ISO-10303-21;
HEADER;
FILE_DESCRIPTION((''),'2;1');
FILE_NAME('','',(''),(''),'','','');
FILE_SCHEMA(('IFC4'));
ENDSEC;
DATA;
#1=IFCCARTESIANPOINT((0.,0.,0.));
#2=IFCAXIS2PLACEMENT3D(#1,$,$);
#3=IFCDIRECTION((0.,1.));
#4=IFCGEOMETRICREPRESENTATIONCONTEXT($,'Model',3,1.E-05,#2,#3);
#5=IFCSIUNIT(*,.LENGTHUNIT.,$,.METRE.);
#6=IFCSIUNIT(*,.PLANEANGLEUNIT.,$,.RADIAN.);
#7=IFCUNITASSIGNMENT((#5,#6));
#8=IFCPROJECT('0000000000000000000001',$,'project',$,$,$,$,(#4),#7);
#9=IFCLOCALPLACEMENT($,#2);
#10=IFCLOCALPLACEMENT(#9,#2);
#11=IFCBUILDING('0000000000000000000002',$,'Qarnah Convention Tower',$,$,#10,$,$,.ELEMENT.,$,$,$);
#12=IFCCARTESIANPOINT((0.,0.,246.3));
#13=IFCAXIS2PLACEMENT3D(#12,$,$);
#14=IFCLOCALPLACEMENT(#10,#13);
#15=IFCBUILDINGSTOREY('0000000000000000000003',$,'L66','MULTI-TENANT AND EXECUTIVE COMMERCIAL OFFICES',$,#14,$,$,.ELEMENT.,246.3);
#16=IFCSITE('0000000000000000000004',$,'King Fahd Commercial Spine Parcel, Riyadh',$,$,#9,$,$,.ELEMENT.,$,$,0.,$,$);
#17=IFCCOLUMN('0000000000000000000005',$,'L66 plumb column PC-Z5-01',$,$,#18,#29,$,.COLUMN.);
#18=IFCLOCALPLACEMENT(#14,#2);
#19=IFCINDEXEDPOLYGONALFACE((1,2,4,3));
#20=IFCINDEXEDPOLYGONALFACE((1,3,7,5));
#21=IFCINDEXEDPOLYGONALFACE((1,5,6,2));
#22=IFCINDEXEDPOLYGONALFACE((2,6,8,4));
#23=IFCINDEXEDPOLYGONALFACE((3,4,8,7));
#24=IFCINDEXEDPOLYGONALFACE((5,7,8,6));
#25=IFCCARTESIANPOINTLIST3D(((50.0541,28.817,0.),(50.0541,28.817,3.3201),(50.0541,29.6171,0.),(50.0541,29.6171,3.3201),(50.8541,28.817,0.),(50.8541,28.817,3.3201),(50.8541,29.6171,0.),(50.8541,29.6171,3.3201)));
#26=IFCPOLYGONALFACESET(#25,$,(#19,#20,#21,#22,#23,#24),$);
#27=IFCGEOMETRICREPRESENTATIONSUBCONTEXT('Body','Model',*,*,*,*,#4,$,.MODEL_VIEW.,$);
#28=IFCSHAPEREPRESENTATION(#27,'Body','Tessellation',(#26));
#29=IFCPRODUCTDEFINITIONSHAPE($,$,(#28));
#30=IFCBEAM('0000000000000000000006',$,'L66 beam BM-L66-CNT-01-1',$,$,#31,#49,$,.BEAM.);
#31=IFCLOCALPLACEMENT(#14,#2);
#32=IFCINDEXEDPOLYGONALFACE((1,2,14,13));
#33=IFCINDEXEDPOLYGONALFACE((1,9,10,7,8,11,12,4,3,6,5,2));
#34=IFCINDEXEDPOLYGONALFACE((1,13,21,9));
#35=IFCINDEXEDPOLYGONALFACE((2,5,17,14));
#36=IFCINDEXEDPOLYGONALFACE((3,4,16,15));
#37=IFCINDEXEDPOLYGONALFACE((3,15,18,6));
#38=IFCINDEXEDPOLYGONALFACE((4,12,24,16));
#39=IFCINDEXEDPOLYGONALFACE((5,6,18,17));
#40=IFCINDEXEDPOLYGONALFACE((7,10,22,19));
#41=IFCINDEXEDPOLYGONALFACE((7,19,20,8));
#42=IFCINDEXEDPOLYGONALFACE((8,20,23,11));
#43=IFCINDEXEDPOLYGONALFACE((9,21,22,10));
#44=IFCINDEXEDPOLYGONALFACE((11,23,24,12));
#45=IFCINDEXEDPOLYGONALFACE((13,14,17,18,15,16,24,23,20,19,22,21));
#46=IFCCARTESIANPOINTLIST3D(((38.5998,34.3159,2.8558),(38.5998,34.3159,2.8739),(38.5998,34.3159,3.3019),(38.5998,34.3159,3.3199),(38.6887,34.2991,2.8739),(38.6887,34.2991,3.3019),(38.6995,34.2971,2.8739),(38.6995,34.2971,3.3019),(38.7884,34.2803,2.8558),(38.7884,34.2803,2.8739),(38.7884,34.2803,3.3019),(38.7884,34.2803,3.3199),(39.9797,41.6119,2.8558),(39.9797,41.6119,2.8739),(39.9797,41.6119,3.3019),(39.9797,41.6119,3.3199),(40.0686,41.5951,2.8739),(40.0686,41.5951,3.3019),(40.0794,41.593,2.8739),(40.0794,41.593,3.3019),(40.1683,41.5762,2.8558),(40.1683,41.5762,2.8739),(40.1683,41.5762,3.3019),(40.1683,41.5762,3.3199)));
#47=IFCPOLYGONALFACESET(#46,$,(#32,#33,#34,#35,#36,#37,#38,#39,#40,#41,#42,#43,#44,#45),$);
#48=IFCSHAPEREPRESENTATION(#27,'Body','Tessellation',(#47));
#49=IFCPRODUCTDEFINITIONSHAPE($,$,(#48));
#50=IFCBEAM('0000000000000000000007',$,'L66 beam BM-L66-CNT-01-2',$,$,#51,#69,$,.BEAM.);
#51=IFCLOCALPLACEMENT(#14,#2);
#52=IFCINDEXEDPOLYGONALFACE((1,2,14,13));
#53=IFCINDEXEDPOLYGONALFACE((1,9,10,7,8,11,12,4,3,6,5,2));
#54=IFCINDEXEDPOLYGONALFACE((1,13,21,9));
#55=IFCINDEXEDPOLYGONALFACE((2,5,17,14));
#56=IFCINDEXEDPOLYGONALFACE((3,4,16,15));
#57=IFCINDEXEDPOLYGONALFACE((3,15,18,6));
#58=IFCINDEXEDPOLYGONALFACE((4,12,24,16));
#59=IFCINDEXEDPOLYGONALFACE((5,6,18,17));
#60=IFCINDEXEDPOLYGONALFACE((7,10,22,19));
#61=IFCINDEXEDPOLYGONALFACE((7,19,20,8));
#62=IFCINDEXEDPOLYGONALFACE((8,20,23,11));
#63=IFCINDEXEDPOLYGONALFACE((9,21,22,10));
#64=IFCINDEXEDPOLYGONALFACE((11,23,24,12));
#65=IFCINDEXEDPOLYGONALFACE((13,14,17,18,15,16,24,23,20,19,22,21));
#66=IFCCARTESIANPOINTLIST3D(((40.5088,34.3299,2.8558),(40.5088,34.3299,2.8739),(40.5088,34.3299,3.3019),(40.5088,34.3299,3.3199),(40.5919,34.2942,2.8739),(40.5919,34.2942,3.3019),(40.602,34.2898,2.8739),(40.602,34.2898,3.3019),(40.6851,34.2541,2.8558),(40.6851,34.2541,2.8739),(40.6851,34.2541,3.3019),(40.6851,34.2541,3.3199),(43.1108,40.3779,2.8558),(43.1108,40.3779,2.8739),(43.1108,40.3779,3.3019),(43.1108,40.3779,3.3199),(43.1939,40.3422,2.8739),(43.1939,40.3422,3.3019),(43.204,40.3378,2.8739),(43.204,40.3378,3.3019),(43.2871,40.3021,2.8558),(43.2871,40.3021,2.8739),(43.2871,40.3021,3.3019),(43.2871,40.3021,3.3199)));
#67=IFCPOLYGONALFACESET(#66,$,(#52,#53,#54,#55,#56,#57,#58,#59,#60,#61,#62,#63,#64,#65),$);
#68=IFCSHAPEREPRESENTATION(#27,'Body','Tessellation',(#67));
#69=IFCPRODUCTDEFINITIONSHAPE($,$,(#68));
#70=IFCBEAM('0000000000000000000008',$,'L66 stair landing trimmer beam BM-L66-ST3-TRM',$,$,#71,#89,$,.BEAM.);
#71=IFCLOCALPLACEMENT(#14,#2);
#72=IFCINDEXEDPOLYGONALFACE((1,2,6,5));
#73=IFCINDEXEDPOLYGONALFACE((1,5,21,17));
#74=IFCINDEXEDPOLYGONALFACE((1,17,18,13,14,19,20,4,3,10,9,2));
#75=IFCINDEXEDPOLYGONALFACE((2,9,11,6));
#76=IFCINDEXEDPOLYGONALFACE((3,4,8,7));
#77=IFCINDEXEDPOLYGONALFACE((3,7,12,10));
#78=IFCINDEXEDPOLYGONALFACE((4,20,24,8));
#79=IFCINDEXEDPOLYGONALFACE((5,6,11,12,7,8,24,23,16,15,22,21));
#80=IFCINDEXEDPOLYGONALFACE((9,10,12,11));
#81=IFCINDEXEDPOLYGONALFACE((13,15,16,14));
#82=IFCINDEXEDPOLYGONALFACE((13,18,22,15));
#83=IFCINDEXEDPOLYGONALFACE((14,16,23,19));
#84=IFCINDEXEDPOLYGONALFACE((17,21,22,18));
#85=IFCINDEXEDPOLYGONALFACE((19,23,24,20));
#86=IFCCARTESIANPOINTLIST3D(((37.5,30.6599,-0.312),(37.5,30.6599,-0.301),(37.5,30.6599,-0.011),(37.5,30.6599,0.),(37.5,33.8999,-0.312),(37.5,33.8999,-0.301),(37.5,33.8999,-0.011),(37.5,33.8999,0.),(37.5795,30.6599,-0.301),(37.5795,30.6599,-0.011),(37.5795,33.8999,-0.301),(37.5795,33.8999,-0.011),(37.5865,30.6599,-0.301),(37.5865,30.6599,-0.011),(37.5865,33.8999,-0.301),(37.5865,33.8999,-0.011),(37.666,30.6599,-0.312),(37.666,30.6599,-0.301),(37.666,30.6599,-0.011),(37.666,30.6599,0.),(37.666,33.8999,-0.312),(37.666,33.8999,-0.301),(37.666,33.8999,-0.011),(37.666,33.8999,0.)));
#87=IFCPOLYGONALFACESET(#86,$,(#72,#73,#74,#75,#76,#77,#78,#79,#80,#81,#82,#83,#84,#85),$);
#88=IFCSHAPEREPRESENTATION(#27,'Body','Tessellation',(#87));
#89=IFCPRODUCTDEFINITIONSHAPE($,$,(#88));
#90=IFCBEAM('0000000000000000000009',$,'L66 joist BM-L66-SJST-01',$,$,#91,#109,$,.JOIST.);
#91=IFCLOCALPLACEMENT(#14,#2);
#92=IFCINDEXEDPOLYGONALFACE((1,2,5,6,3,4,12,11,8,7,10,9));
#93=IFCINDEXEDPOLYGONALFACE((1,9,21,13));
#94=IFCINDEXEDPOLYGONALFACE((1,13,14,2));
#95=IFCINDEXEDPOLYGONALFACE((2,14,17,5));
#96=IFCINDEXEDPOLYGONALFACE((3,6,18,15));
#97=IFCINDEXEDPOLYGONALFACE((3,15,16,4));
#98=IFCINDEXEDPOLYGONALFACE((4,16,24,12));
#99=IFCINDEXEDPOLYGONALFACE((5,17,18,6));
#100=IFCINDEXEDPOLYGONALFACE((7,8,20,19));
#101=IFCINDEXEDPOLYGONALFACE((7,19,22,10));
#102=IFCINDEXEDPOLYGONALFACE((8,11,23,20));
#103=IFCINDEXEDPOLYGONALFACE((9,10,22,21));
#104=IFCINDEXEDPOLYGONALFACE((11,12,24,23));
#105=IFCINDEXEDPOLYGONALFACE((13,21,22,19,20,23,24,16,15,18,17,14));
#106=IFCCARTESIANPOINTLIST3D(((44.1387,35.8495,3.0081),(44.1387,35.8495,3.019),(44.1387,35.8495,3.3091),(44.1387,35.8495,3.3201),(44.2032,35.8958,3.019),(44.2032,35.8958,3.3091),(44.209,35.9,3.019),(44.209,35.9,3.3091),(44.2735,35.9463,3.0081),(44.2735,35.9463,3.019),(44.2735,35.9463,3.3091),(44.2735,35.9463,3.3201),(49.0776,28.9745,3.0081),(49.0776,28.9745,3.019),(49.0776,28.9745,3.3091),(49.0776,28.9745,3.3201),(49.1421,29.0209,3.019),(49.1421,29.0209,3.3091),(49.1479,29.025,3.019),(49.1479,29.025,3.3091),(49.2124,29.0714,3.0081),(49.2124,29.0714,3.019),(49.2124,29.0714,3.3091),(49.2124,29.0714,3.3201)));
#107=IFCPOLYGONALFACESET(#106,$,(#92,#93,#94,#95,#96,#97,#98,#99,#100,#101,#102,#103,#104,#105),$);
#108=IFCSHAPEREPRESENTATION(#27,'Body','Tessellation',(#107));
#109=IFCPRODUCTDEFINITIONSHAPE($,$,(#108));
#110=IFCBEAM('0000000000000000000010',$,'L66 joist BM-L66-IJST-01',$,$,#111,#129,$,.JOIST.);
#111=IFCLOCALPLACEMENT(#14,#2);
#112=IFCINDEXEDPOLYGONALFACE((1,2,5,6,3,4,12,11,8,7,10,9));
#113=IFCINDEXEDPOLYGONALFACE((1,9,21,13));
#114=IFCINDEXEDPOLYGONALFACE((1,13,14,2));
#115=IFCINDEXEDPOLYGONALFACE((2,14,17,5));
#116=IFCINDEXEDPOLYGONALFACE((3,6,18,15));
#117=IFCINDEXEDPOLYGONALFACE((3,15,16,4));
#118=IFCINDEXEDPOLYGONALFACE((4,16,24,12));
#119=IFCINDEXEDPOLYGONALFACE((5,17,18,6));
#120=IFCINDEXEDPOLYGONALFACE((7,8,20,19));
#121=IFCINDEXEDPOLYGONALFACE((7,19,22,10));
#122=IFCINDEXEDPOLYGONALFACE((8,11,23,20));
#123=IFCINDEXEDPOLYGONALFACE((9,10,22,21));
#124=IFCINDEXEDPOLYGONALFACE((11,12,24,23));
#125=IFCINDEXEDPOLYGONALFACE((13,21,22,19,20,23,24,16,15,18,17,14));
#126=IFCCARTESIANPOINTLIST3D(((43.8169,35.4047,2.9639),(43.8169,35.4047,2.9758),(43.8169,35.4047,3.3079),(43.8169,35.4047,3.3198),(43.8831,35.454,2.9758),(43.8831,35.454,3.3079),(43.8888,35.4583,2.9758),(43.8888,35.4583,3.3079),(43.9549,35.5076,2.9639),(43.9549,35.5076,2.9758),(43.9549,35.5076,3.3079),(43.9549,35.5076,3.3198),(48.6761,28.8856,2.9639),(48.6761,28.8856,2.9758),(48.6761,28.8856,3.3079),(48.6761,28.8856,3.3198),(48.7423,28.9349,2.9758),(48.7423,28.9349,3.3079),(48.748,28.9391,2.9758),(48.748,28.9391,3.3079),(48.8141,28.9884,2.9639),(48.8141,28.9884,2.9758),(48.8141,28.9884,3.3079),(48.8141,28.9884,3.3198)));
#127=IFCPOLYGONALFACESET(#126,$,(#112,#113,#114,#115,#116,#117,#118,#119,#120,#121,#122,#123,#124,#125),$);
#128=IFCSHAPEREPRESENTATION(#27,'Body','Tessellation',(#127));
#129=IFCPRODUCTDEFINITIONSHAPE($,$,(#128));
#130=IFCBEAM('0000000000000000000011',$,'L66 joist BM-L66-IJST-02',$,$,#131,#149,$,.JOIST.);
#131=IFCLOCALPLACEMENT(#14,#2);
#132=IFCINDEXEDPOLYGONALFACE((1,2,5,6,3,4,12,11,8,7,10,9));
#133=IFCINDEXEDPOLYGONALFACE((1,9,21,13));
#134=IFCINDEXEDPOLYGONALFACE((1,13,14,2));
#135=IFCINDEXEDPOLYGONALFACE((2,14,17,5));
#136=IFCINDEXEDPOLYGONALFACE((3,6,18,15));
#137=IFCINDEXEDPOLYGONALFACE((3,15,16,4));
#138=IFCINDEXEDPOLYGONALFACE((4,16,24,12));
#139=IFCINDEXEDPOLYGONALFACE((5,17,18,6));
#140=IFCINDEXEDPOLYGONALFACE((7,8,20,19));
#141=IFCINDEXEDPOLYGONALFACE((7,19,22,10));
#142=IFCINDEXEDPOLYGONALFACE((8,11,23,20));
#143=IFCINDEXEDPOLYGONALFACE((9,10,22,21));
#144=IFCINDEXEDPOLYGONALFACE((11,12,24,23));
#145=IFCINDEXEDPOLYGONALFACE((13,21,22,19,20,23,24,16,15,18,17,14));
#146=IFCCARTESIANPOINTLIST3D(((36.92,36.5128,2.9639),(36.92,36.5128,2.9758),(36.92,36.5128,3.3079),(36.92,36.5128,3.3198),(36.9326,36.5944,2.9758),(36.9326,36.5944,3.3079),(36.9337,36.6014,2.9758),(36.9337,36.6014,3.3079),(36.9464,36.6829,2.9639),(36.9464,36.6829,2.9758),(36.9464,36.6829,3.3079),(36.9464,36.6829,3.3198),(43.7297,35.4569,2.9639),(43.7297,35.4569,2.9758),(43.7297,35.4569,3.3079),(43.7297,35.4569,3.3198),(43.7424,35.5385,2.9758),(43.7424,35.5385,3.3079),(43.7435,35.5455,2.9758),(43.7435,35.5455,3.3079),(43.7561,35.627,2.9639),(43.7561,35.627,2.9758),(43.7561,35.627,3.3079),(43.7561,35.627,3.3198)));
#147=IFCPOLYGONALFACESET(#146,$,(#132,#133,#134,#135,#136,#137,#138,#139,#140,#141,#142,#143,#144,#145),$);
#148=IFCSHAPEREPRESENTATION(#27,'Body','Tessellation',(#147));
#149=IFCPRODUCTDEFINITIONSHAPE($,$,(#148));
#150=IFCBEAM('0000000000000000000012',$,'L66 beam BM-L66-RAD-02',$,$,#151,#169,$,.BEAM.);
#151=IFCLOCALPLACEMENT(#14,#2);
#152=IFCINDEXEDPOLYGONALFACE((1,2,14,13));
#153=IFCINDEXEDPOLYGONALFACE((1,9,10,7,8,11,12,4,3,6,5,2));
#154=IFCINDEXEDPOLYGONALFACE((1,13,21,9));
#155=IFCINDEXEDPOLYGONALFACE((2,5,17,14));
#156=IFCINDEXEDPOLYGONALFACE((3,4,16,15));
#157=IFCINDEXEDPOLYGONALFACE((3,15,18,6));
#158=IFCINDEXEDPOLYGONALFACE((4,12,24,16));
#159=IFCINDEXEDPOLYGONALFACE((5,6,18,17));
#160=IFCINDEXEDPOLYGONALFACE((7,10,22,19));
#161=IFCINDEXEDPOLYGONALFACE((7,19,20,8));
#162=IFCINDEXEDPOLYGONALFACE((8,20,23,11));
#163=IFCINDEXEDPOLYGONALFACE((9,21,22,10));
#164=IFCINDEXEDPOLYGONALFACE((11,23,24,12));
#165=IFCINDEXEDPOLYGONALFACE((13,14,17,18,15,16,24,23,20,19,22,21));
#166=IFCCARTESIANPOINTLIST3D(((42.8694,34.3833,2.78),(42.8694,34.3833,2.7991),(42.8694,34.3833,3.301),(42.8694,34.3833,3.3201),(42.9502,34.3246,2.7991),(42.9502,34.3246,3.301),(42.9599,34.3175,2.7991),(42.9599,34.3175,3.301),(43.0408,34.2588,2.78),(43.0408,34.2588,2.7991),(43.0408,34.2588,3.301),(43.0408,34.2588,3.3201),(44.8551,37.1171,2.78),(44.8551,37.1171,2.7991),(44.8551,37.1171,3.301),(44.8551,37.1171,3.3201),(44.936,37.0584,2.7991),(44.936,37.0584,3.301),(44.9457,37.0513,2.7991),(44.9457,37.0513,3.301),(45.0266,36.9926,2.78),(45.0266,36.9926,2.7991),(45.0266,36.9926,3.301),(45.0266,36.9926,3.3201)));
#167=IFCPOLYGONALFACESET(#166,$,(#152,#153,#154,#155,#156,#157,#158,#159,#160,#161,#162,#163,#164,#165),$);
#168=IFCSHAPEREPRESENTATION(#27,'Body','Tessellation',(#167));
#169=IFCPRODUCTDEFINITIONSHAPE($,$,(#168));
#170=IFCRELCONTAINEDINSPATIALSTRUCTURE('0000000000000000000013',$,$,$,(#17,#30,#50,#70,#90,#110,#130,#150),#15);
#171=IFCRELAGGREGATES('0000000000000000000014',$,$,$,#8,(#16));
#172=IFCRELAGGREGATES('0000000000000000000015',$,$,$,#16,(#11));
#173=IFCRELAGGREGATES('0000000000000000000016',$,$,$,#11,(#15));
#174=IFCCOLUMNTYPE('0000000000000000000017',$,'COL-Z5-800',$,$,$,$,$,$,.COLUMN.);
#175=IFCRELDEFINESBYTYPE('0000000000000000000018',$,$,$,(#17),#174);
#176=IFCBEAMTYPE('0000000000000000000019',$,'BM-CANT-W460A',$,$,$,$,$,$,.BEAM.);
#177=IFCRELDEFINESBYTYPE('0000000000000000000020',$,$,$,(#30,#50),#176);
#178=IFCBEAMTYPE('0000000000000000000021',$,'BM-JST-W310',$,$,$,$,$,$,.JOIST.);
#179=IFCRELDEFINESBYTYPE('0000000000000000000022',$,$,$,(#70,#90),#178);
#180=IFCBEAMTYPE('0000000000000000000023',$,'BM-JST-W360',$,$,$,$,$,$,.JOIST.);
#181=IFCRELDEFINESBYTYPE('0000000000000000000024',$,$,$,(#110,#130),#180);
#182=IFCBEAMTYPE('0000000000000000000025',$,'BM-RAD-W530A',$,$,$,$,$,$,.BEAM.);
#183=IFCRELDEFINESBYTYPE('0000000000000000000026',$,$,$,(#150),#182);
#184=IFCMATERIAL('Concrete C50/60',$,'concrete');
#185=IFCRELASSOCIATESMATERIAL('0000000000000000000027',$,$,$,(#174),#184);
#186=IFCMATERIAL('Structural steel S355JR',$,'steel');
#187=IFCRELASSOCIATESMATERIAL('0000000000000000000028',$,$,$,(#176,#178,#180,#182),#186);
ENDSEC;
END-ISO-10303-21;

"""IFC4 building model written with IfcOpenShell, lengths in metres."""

from ifc_helpers import new_model, si_unit, direction, frame, origin, origin_2d, place, context, subcontext, project, spatial, rectangle, i_section, extrude, material, material_profile, profile_set, type_object, element, save


model = new_model("IFC4")

# Units and contexts
model_context = context("Model", 3, precision=1e-05, world=origin(), true_north=direction((0.0, 1.0)))
body_context = subcontext(model_context, "Body", "Model", "MODEL_VIEW")
ifc_project = project(units=[si_unit("LENGTHUNIT", "METRE"), si_unit("PLANEANGLEUNIT", "RADIAN")], contexts=[model_context])

# Site, building, storey
site_placement = place(None, origin())
site = spatial("IfcSite", under=ifc_project, at=site_placement, Name="King Fahd Commercial Spine Parcel, Riyadh", CompositionType="ELEMENT", RefElevation=0.0)
building_placement = place(site_placement, origin())
building = spatial("IfcBuilding", under=site, at=building_placement, Name="Qarnah Convention Tower", CompositionType="ELEMENT")
storey_placement = place(building_placement, frame((0.0, 0.0, 246.3)))
storey = spatial("IfcBuildingStorey", under=building, at=storey_placement, Name="L66", Description="MULTI-TENANT AND EXECUTIVE COMMERCIAL OFFICES", CompositionType="ELEMENT", Elevation=246.3)

# Column
ifc_material_1 = material(Name="Concrete C50/60", Category="concrete")
ifc_material_profile_1 = material_profile(ifc_material_1, rectangle(XDim=0.8, YDim=0.8, at=origin_2d()), Name="RC-COL-800X800")
ifc_profile_set_1 = profile_set([ifc_material_profile_1], Name="Concrete C50/60")
column_type = type_object("IfcColumnType", Name="COL-Z5-800", PredefinedType="COLUMN", material=ifc_profile_set_1)
column_placement = place(storey_placement, frame((50.4541, 29.217, 0.0), z_axis=(0.0, 0.0, 1.0), x_axis=(1.0, 0.0, 0.0)))
element("IfcColumn", 1, at=column_placement, inside=storey, type_object=column_type, Name="L66 plumb column PC-Z5-01", PredefinedType="COLUMN", context=body_context, shape_type="SweptSolid", body=[
    extrude(rectangle(XDim=0.8, YDim=0.8, at=origin_2d()), origin(), (0.0, 0.0, 1.0), 3.3201),
])

# Beams
ifc_material_2 = material(Name="Structural steel S355JR", Category="steel")
ifc_material_profile_2 = material_profile(ifc_material_2, i_section(OverallWidth=0.1919, OverallDepth=0.4641, WebThickness=0.011, FlangeThickness=0.0181, at=origin_2d()), Name="W460X89")
ifc_profile_set_2 = profile_set([ifc_material_profile_2], Name="Structural steel S355JR")
beam_type_1 = type_object("IfcBeamType", Name="BM-CANT-W460A", PredefinedType="BEAM", material=ifc_profile_set_2)
beam_1_placement = place(storey_placement, frame((38.6941, 34.2981, 3.0879), z_axis=(0.185837, 0.982581, 0.0), x_axis=(-0.982581, 0.185837, 0.0)))
element("IfcBeam", 2, at=beam_1_placement, inside=storey, type_object=beam_type_1, Name="L66 beam BM-L66-CNT-01-1", PredefinedType="BEAM", context=body_context, shape_type="SweptSolid", body=[
    extrude(i_section(OverallWidth=0.1919, OverallDepth=0.4641, WebThickness=0.011, FlangeThickness=0.0181, at=origin_2d()), origin(), (0.0, 0.0, 1.0), 7.4253),
])
beam_2_placement = place(storey_placement, frame((40.5969, 34.292, 3.0879), z_axis=(0.395203, 0.918594, 0.0), x_axis=(-0.918594, 0.395203, 0.0)))
element("IfcBeam", 3, at=beam_2_placement, inside=storey, type_object=beam_type_1, Name="L66 beam BM-L66-CNT-01-2", PredefinedType="BEAM", context=body_context, shape_type="SweptSolid", body=[
    extrude(i_section(OverallWidth=0.1919, OverallDepth=0.4641, WebThickness=0.011, FlangeThickness=0.0181, at=origin_2d()), origin(), (0.0, 0.0, 1.0), 6.584),
])
ifc_material_profile_3 = material_profile(ifc_material_2, i_section(OverallWidth=0.166, OverallDepth=0.312, WebThickness=0.0071, FlangeThickness=0.011, at=origin_2d()), Name="W310X45")
ifc_profile_set_3 = profile_set([ifc_material_profile_3], Name="Structural steel S355JR")
beam_type_2 = type_object("IfcBeamType", Name="BM-JST-W310", PredefinedType="JOIST", material=ifc_profile_set_3)
beam_3_placement = place(storey_placement, frame((37.583, 30.6599, -0.156), z_axis=(0.0, 1.0, 0.0), x_axis=(-1.0, 0.0, 0.0)))
element("IfcBeam", 4, at=beam_3_placement, inside=storey, type_object=beam_type_2, Name="L66 stair landing trimmer beam BM-L66-ST3-TRM", PredefinedType="BEAM", context=body_context, shape_type="SweptSolid", body=[
    extrude(i_section(OverallWidth=0.166, OverallDepth=0.312, WebThickness=0.0071, FlangeThickness=0.011, at=origin_2d()), origin(), (0.0, 0.0, 1.0), 3.24),
])
beam_4_placement = place(storey_placement, frame((49.145, 29.0229, 3.1641), z_axis=(-0.583446, 0.812152, 0.0), x_axis=(-0.812152, -0.583446, 0.0)))
element("IfcBeam", 5, at=beam_4_placement, inside=storey, type_object=beam_type_2, Name="L66 joist BM-L66-SJST-01", PredefinedType="JOIST", context=body_context, shape_type="SweptSolid", body=[
    extrude(i_section(OverallWidth=0.166, OverallDepth=0.312, WebThickness=0.0071, FlangeThickness=0.011, at=origin_2d()), origin(), (0.0, 0.0, 1.0), 8.4651),
])
ifc_material_profile_4 = material_profile(ifc_material_2, i_section(OverallWidth=0.1721, OverallDepth=0.356, WebThickness=0.0071, FlangeThickness=0.012, at=origin_2d()), Name="W360X51")
ifc_profile_set_4 = profile_set([ifc_material_profile_4], Name="Structural steel S355JR")
beam_type_3 = type_object("IfcBeamType", Name="BM-JST-W360", PredefinedType="JOIST", material=ifc_profile_set_4)
beam_5_placement = place(storey_placement, frame((48.7451, 28.937, 3.1418), z_axis=(-0.597624, 0.801776, 0.0), x_axis=(-0.801776, -0.597624, 0.0)))
element("IfcBeam", 6, at=beam_5_placement, inside=storey, type_object=beam_type_3, Name="L66 joist BM-L66-IJST-01", PredefinedType="JOIST", context=body_context, shape_type="SweptSolid", body=[
    extrude(i_section(OverallWidth=0.1721, OverallDepth=0.356, WebThickness=0.0071, FlangeThickness=0.012, at=origin_2d()), origin(), (0.0, 0.0, 1.0), 8.1309),
])
beam_6_placement = place(storey_placement, frame((43.7429, 35.542, 3.1418), z_axis=(-0.988191, 0.153226, 0.0), x_axis=(-0.153226, -0.988191, 0.0)))
element("IfcBeam", 7, at=beam_6_placement, inside=storey, type_object=beam_type_3, Name="L66 joist BM-L66-IJST-02", PredefinedType="JOIST", context=body_context, shape_type="SweptSolid", body=[
    extrude(i_section(OverallWidth=0.1721, OverallDepth=0.356, WebThickness=0.0071, FlangeThickness=0.012, at=origin_2d()), origin(), (0.0, 0.0, 1.0), 6.8911),
])
ifc_material_profile_5 = material_profile(ifc_material_2, i_section(OverallWidth=0.2119, OverallDepth=0.54, WebThickness=0.012, FlangeThickness=0.019, at=origin_2d()), Name="W530X109")
ifc_profile_set_5 = profile_set([ifc_material_profile_5], Name="Structural steel S355JR")
beam_type_4 = type_object("IfcBeamType", Name="BM-RAD-W530A", PredefinedType="BEAM", material=ifc_profile_set_5)
beam_7_placement = place(storey_placement, frame((42.9551, 34.321, 3.05), z_axis=(0.587699, 0.80908, 0.0), x_axis=(-0.80908, 0.587699, 0.0)))
element("IfcBeam", 8, at=beam_7_placement, inside=storey, type_object=beam_type_4, Name="L66 beam BM-L66-RAD-02", PredefinedType="BEAM", context=body_context, shape_type="SweptSolid", body=[
    extrude(i_section(OverallWidth=0.2119, OverallDepth=0.54, WebThickness=0.012, FlangeThickness=0.019, at=origin_2d()), origin(), (0.0, 0.0, 1.0), 3.3789),
])

save(model, "model.ifc")
